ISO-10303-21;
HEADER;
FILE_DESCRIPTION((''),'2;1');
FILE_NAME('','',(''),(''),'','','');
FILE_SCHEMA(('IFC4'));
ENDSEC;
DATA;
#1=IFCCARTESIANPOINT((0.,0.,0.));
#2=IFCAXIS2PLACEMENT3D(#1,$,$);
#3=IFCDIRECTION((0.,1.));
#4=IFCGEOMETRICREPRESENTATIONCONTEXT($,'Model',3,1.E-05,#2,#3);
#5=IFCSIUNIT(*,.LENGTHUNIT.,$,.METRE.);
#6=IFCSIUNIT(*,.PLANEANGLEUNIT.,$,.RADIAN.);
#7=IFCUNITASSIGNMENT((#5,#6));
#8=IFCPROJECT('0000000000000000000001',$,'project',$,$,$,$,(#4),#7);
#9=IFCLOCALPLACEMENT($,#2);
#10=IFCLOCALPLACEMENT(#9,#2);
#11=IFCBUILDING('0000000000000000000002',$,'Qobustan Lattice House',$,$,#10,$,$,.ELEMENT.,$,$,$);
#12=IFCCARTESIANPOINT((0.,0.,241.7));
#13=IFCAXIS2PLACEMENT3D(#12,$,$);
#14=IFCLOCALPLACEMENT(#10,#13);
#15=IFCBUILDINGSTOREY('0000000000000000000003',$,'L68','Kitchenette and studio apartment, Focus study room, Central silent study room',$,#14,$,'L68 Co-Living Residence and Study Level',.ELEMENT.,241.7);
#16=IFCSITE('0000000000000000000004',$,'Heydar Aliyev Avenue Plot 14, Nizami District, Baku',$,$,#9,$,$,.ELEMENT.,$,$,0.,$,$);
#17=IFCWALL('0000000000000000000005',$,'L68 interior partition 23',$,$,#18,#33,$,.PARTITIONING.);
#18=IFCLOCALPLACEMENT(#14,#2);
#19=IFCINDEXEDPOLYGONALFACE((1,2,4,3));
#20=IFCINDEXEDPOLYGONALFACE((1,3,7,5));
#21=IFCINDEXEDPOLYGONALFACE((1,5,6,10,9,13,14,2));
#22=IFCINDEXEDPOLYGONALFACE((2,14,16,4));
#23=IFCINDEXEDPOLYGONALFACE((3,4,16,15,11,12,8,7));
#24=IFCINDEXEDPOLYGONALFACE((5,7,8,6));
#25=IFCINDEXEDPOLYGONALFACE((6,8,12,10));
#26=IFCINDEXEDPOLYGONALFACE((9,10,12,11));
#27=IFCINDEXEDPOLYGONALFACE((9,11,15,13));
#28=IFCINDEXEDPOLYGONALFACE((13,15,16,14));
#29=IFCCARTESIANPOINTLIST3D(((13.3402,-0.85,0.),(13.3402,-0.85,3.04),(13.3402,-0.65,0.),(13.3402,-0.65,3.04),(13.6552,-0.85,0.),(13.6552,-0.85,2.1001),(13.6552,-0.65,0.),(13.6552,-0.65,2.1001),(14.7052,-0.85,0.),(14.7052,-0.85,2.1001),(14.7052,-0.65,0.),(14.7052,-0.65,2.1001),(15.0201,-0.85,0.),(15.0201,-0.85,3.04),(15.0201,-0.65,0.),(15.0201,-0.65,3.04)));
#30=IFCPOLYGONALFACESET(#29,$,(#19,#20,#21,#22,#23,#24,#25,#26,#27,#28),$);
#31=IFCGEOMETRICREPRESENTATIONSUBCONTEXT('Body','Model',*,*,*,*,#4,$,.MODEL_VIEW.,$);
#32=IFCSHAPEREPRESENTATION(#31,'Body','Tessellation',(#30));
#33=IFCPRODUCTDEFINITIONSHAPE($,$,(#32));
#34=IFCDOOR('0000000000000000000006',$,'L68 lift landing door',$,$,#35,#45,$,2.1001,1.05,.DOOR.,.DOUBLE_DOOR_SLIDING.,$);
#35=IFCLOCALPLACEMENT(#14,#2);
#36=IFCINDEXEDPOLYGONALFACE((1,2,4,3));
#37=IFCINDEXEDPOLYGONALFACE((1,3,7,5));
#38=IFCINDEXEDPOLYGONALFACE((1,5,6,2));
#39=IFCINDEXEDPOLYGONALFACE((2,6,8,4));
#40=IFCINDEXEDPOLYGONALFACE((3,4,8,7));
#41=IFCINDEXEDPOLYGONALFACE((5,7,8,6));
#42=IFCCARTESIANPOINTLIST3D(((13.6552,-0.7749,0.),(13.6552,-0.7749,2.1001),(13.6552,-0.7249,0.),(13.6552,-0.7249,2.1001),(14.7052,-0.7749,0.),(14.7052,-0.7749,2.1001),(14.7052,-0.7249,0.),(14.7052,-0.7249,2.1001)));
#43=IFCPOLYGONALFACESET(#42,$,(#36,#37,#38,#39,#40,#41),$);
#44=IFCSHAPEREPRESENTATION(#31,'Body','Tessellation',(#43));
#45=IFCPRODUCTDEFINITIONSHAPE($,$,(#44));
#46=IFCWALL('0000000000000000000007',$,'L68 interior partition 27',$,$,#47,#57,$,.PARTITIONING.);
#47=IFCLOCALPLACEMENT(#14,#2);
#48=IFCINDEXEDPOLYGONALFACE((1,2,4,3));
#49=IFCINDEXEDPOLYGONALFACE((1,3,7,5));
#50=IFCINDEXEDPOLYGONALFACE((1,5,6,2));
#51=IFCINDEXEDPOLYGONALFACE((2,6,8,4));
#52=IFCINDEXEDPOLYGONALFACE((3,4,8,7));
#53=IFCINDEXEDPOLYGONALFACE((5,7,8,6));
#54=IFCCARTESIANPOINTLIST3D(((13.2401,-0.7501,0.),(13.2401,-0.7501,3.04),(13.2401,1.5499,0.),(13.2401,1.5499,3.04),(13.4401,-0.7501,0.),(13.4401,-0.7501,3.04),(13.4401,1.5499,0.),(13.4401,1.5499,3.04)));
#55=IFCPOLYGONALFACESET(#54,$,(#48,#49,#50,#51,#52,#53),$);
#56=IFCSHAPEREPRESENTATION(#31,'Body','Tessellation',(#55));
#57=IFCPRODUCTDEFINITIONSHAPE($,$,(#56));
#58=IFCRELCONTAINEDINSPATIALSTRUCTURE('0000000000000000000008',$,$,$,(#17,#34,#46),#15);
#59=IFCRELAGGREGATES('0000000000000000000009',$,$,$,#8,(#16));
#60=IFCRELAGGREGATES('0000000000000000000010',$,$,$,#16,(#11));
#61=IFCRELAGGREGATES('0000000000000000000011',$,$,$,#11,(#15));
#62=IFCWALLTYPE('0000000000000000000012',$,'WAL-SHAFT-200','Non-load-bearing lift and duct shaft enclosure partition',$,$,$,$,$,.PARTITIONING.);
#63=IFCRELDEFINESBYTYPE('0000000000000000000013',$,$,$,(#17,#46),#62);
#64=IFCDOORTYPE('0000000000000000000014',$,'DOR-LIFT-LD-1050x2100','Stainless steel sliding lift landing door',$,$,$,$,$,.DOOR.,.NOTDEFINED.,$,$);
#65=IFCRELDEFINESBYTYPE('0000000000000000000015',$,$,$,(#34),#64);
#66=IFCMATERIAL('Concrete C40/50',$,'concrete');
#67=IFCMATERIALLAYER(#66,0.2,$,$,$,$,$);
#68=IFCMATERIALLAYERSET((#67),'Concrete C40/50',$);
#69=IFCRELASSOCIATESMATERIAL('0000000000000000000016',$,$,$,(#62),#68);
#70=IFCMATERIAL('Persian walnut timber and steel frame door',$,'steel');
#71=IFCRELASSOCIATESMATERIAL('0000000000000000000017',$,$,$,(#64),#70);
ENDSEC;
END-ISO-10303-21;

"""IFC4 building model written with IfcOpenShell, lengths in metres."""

from ifc_helpers import new_model, si_unit, direction, frame, frame_2d, origin, place, context, subcontext, project, spatial, rectangle, extrude, material, layer, layer_set, type_object, element, fill, save


model = new_model("IFC4")

# Units and contexts
model_context = context("Model", 3, precision=1e-05, world=origin(), true_north=direction((0.0, 1.0)))
body_context = subcontext(model_context, "Body", "Model", "MODEL_VIEW")
ifc_project = project(units=[si_unit("LENGTHUNIT", "METRE"), si_unit("PLANEANGLEUNIT", "RADIAN")], contexts=[model_context])

# Site, building, storey
site_placement = place(None, origin())
site = spatial("IfcSite", under=ifc_project, at=site_placement, Name="Heydar Aliyev Avenue Plot 14, Nizami District, Baku", CompositionType="ELEMENT", RefElevation=0.0)
building_placement = place(site_placement, origin())
building = spatial("IfcBuilding", under=site, at=building_placement, Name="Qobustan Lattice House", CompositionType="ELEMENT")
storey_placement = place(building_placement, frame((0.0, 0.0, 241.7)))
storey = spatial("IfcBuildingStorey", under=building, at=storey_placement, Name="L68", Description="Kitchenette and studio apartment, Focus study room, Central silent study room", LongName="L68 Co-Living Residence and Study Level", CompositionType="ELEMENT", Elevation=241.7)

# Shared definitions
ifc_material_1 = material(Name="Concrete C40/50", Category="concrete")
ifc_layer_1 = layer(ifc_material_1, 0.2)
ifc_layer_set_1 = layer_set([ifc_layer_1], Name="Concrete C40/50")
wall_type_1 = type_object("IfcWallType", Name="WAL-SHAFT-200", Description="Non-load-bearing lift and duct shaft enclosure partition", PredefinedType="PARTITIONING", material=ifc_layer_set_1)

# Wall, opening, door
wall_1_placement = place(storey_placement, frame((15.02, -0.75, 0.0), z_axis=(0.0, 0.0, 1.0), x_axis=(-1.0, 0.0, 0.0)))
wall_1 = element("IfcWall", 1, at=wall_1_placement, inside=storey, type_object=wall_type_1, Name="L68 interior partition 23", PredefinedType="PARTITIONING", context=body_context, shape_type="SweptSolid", body=[
    extrude(rectangle(XDim=1.6799, YDim=0.2, at=frame_2d((0.8398, 0.0))), origin(), (0.0, 0.0, 1.0), 3.04),
])
opening_1_placement = place(wall_1_placement, frame((0.3149, 0.0, 0.0)))
opening_1 = element("IfcOpeningElement", 2, at=opening_1_placement, cuts=wall_1, PredefinedType="OPENING", context=body_context, shape_type="SweptSolid", body=[
    extrude(rectangle(XDim=1.05, YDim=2.1001, at=frame_2d((0.5249, 1.05))), frame((0.0, 0.1099, 0.0), z_axis=(0.0, -1.0, 0.0), x_axis=(1.0, 0.0, 0.0)), (0.0, 0.0, 1.0), 0.22),
])
ifc_material_2 = material(Name="Persian walnut timber and steel frame door", Category="steel")
door_type_1 = type_object("IfcDoorType", Name="DOR-LIFT-LD-1050x2100", Description="Stainless steel sliding lift landing door", OperationType="NOTDEFINED", PredefinedType="DOOR", material=ifc_material_2)
door_1_placement = place(opening_1_placement, origin())
door_1 = element("IfcDoor", 3, at=door_1_placement, inside=storey, type_object=door_type_1, Name="L68 lift landing door", OperationType="DOUBLE_DOOR_SLIDING", OverallHeight=2.1001, OverallWidth=1.05, PredefinedType="DOOR", context=body_context, shape_type="SweptSolid", body=[
    extrude(rectangle(XDim=1.05, YDim=2.1001, at=frame_2d((0.5249, 1.05))), frame((0.0, 0.0249, 0.0), z_axis=(0.0, -1.0, 0.0), x_axis=(1.0, 0.0, 0.0)), (0.0, 0.0, 1.0), 0.05),
])
fill(opening_1, door_1)

# Wall
wall_2_placement = place(storey_placement, frame((13.3401, -0.75, 0.0), z_axis=(0.0, 0.0, 1.0), x_axis=(0.0, 1.0, 0.0)))
element("IfcWall", 4, at=wall_2_placement, inside=storey, type_object=wall_type_1, Name="L68 interior partition 27", PredefinedType="PARTITIONING", context=body_context, shape_type="SweptSolid", body=[
    extrude(rectangle(XDim=2.3, YDim=0.2, at=frame_2d((1.1499, 0.0))), origin(), (0.0, 0.0, 1.0), 3.04),
])

save(model, "model.ifc")
